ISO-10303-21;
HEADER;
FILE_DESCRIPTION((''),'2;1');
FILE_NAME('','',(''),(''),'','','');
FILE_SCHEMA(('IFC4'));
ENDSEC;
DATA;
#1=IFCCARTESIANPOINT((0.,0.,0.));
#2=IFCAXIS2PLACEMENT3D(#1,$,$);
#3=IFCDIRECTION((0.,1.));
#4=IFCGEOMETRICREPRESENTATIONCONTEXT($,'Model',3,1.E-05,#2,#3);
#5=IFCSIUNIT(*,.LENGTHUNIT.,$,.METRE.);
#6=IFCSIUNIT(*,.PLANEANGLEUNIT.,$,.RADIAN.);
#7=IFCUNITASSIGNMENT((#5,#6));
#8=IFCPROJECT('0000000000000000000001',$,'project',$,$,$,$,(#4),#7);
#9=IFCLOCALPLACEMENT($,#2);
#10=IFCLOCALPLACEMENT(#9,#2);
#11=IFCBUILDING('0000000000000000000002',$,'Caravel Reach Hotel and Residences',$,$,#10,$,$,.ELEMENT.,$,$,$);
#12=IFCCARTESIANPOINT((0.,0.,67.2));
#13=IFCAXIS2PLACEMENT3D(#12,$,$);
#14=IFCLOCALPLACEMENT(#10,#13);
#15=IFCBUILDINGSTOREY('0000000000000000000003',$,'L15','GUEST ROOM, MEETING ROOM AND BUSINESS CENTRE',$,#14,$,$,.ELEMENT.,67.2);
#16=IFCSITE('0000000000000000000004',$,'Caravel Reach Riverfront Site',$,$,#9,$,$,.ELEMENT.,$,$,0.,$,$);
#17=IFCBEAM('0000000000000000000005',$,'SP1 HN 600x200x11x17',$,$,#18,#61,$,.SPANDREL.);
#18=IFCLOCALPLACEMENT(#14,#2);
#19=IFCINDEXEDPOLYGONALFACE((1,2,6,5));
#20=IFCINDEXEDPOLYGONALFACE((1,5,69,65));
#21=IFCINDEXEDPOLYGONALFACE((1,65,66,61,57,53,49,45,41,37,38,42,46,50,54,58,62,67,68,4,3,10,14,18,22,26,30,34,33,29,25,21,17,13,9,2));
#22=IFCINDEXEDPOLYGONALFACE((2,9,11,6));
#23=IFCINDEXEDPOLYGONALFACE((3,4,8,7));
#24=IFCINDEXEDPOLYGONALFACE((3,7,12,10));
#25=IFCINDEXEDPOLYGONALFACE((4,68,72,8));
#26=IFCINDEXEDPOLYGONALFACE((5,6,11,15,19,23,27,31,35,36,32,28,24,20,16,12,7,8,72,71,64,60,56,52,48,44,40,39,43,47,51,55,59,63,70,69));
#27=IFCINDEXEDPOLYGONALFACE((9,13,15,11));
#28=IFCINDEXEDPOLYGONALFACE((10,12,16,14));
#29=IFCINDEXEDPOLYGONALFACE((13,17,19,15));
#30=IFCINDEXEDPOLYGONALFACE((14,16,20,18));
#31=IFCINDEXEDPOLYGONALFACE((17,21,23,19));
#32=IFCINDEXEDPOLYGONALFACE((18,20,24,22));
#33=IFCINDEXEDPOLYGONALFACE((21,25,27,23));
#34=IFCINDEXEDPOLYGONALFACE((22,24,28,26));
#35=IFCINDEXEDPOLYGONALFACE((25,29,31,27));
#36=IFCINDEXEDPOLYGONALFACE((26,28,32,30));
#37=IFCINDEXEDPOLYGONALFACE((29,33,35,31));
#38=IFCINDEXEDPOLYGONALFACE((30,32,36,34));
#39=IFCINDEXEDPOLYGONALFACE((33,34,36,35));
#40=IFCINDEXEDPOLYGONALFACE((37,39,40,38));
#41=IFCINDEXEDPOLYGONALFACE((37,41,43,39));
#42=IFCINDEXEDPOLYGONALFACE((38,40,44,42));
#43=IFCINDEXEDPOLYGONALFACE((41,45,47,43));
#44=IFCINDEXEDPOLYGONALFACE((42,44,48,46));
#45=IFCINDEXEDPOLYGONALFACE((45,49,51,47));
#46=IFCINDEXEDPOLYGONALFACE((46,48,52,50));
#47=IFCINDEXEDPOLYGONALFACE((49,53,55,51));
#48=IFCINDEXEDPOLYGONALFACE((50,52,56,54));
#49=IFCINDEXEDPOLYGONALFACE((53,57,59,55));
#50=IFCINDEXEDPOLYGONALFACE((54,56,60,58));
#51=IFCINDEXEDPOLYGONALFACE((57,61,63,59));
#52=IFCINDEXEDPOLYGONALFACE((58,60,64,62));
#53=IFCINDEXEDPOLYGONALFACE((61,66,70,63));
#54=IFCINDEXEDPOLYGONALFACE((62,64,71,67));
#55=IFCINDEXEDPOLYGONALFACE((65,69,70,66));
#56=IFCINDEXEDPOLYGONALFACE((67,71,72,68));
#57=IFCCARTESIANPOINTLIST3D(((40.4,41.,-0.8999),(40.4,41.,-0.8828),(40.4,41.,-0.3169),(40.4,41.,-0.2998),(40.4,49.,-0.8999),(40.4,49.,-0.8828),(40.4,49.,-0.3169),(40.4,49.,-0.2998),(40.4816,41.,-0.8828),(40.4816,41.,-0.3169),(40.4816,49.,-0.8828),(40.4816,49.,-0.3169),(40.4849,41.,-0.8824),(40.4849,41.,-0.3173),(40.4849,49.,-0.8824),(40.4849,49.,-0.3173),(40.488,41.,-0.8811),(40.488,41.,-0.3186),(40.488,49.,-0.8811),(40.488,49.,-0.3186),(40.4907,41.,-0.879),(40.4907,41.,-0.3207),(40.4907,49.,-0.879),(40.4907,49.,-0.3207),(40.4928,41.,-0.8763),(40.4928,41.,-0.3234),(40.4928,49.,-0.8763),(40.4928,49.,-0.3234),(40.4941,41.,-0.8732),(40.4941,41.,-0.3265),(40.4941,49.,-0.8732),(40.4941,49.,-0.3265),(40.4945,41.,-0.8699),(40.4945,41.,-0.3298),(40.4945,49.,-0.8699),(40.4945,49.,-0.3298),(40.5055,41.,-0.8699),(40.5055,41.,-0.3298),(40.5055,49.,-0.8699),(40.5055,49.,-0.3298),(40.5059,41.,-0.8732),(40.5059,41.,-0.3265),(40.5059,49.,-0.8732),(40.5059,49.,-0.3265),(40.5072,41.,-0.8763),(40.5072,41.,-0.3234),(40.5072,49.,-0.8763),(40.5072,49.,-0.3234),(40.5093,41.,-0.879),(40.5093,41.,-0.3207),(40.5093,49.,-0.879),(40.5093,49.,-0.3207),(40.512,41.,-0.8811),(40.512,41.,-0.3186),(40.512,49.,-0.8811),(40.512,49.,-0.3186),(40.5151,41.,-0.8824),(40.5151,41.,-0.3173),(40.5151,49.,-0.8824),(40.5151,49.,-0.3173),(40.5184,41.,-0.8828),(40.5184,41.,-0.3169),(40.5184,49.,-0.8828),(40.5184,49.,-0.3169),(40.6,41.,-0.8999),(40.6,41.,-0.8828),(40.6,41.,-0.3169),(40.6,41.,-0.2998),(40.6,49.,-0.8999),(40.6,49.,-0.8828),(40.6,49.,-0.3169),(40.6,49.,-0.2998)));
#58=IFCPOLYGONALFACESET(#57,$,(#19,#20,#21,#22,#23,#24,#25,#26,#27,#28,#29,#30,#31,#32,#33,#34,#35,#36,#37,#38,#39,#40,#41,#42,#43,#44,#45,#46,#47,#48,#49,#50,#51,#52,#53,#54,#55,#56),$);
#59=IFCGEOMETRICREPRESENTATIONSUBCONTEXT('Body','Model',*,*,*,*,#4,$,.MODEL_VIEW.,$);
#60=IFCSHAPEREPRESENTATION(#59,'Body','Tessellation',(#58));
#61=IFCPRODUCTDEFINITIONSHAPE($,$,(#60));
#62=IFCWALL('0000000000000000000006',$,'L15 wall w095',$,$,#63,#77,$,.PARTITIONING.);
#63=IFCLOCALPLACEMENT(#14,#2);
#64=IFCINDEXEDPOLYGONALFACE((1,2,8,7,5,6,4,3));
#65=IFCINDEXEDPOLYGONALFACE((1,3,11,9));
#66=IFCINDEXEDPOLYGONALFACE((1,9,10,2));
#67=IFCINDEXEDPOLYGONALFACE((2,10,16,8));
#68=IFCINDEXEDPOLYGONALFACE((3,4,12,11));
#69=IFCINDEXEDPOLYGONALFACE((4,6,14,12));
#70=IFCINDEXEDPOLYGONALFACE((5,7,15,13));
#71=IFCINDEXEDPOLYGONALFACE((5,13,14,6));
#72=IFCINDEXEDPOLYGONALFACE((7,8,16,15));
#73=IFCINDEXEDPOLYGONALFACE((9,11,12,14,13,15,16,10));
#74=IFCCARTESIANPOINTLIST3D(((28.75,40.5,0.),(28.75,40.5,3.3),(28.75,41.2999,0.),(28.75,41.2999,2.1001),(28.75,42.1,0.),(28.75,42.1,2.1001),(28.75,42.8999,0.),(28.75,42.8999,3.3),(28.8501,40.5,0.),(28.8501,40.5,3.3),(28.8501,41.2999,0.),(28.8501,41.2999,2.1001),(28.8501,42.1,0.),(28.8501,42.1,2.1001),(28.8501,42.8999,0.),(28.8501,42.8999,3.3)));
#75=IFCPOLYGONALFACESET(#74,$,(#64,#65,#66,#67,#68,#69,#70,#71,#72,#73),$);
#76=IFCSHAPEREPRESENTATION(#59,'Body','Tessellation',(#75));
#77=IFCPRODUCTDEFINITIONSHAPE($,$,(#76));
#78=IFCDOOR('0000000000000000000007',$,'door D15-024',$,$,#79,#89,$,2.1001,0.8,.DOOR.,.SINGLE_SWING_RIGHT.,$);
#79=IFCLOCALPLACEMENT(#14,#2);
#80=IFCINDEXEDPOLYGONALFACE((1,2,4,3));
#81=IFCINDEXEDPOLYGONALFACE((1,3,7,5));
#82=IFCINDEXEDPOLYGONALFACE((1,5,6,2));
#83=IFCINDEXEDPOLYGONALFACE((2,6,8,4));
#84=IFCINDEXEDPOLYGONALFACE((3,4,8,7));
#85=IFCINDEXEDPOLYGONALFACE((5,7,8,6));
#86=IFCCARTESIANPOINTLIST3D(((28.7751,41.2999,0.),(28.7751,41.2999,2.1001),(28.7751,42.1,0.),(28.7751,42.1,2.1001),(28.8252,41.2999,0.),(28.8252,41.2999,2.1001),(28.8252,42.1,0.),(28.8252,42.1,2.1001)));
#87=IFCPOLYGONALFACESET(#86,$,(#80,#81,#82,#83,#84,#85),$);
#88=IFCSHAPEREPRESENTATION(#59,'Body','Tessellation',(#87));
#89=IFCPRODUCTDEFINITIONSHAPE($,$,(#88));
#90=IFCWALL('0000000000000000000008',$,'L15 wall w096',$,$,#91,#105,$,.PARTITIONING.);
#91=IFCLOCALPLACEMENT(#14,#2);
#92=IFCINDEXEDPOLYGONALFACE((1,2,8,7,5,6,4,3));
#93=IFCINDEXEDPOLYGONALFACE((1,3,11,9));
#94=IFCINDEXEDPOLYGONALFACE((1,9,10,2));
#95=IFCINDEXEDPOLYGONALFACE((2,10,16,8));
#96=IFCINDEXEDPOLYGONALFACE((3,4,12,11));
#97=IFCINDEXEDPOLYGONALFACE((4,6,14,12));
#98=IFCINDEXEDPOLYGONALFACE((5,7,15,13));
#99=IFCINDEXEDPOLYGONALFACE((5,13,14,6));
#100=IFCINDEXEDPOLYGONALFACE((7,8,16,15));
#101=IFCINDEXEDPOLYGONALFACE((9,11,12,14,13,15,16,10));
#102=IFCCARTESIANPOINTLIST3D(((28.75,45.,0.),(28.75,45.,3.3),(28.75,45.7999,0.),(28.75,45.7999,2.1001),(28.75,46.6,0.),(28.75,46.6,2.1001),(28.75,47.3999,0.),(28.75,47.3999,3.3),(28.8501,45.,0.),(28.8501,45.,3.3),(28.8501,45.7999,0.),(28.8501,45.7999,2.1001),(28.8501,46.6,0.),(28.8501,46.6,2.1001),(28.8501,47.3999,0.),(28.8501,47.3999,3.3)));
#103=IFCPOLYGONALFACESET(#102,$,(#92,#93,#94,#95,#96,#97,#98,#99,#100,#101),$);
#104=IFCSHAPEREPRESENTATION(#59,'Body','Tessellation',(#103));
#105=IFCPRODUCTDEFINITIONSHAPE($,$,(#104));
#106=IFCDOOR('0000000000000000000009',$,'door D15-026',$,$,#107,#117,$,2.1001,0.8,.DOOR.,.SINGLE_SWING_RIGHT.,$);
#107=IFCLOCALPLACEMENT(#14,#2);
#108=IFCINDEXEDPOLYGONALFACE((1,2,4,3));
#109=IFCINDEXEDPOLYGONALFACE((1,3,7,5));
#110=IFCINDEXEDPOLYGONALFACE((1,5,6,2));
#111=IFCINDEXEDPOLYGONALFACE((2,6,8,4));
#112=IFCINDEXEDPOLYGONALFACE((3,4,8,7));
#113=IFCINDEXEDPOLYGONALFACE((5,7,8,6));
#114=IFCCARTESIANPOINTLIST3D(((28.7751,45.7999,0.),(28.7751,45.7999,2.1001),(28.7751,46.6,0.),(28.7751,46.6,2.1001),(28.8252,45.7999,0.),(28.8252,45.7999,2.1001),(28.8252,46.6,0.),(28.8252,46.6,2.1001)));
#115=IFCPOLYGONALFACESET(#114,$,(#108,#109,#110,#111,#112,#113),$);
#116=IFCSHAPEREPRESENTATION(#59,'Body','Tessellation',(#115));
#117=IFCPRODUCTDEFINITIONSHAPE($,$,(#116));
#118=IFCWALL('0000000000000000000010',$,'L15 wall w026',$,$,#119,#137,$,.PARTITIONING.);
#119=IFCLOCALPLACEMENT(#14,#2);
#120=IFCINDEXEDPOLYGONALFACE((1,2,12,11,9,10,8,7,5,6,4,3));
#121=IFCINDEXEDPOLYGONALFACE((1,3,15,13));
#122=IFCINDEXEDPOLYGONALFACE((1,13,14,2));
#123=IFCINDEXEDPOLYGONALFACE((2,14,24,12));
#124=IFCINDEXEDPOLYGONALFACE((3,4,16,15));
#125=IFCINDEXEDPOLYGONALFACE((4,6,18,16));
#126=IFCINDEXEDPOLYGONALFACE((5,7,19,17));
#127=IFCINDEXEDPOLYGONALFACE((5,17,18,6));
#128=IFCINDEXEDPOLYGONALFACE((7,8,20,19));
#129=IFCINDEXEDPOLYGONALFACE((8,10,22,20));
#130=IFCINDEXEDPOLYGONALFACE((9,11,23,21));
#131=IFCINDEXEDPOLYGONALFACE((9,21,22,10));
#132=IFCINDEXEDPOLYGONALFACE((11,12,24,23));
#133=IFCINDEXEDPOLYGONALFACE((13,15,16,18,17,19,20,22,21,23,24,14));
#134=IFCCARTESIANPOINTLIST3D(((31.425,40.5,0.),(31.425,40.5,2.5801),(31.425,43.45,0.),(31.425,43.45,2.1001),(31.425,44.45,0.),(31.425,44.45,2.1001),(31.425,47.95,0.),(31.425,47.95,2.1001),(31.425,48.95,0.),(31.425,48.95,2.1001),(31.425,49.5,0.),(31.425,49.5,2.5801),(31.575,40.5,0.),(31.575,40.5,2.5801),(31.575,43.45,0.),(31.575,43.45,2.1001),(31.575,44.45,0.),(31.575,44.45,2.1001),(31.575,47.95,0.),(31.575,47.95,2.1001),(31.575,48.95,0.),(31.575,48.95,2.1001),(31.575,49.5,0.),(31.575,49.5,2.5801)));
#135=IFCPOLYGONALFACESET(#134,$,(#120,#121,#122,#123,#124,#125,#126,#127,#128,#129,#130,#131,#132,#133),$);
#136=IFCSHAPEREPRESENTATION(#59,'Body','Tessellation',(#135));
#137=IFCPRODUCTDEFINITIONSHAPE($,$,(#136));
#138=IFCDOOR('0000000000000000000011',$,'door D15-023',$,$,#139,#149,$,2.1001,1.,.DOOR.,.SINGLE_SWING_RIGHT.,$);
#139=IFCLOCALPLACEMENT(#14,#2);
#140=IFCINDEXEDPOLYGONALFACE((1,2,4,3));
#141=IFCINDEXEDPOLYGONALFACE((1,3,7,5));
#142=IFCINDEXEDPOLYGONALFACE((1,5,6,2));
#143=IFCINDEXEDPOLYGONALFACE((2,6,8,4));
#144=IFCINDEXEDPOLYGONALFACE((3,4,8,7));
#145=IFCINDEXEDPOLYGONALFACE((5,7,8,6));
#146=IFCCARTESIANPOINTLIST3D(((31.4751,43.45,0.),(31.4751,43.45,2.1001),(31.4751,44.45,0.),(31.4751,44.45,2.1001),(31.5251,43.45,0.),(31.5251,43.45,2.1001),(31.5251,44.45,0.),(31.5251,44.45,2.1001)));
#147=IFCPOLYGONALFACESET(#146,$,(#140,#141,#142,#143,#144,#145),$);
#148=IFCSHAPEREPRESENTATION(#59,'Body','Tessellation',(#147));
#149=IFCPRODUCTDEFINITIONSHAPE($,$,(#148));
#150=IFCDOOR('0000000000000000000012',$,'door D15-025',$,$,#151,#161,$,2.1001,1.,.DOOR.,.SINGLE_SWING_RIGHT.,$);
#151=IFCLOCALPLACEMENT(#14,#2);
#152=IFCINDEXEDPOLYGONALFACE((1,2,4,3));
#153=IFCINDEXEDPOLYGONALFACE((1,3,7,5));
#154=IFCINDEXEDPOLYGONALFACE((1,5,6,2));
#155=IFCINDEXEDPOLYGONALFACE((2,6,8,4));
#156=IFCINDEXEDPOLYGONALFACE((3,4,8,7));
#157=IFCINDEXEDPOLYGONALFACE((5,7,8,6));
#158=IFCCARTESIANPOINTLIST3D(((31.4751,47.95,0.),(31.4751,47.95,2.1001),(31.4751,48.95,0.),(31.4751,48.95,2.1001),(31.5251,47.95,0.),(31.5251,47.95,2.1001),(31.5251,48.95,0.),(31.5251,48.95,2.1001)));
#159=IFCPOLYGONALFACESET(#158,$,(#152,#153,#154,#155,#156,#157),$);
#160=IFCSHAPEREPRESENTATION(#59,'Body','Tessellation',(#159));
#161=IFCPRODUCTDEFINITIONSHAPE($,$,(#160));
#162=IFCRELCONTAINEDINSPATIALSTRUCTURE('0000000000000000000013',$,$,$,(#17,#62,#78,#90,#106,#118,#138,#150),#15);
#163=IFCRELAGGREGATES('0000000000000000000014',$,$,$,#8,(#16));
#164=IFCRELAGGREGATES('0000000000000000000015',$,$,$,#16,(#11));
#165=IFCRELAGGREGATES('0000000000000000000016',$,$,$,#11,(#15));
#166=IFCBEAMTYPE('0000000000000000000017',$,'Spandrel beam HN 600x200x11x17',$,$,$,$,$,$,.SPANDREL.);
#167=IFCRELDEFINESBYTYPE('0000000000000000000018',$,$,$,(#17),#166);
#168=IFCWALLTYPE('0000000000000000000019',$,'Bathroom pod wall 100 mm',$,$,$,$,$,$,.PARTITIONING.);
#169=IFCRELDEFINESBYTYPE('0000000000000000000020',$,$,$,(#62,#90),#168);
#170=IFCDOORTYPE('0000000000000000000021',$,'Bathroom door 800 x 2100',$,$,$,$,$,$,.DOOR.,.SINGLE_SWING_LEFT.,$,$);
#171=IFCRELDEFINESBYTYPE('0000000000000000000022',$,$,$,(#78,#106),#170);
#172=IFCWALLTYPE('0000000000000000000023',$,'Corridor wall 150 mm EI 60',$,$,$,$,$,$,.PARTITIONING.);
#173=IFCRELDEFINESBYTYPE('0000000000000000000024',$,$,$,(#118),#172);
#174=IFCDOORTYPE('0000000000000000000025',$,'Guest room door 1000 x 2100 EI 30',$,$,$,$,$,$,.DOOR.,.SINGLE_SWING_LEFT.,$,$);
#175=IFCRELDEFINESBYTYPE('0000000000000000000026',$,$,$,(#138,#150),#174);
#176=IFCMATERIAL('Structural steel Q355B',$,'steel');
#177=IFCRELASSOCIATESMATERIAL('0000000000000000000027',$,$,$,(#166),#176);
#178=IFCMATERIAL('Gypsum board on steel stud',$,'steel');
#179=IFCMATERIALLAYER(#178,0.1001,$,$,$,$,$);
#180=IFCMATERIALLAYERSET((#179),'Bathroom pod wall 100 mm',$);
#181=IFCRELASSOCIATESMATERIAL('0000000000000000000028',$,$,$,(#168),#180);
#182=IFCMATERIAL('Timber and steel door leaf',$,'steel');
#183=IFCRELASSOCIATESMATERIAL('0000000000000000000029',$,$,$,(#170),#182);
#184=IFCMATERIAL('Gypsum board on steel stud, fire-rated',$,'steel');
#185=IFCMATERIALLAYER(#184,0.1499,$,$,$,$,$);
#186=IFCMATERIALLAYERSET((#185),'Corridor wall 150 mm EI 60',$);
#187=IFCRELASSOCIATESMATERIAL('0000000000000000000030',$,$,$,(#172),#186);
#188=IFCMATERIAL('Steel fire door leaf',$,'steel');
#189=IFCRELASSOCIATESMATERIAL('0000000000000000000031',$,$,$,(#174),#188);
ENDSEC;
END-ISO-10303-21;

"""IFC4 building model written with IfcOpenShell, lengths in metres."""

from ifc_helpers import new_model, si_unit, direction, frame, frame_2d, origin, origin_2d, place, context, subcontext, project, spatial, rectangle, i_section, extrude, material, layer, layer_set, material_profile, profile_set, type_object, element, fill, save


model = new_model("IFC4")

# Units and contexts
model_context = context("Model", 3, precision=1e-05, world=origin(), true_north=direction((0.0, 1.0)))
body_context = subcontext(model_context, "Body", "Model", "MODEL_VIEW")
ifc_project = project(units=[si_unit("LENGTHUNIT", "METRE"), si_unit("PLANEANGLEUNIT", "RADIAN")], contexts=[model_context])

# Site, building, storey
site_placement = place(None, origin())
site = spatial("IfcSite", under=ifc_project, at=site_placement, Name="Caravel Reach Riverfront Site", CompositionType="ELEMENT", RefElevation=0.0)
building_placement = place(site_placement, origin())
building = spatial("IfcBuilding", under=site, at=building_placement, Name="Caravel Reach Hotel and Residences", CompositionType="ELEMENT")
storey_placement = place(building_placement, frame((0.0, 0.0, 67.2)))
storey = spatial("IfcBuildingStorey", under=building, at=storey_placement, Name="L15", Description="GUEST ROOM, MEETING ROOM AND BUSINESS CENTRE", CompositionType="ELEMENT", Elevation=67.2)

# Beam
ifc_material_1 = material(Name="Structural steel Q355B", Category="steel")
ifc_material_profile_1 = material_profile(ifc_material_1, i_section(OverallWidth=0.2, OverallDepth=0.6001, WebThickness=0.011, FlangeThickness=0.0171, FilletRadius=0.0129, at=origin_2d()), Name="HN 600x200x11x17")
ifc_profile_set_1 = profile_set([ifc_material_profile_1], Name="Structural steel Q355B")
beam_type_1 = type_object("IfcBeamType", Name="Spandrel beam HN 600x200x11x17", PredefinedType="SPANDREL", material=ifc_profile_set_1)
beam_1_placement = place(storey_placement, frame((40.5, 41.0, -0.5999), z_axis=(0.0, 1.0, 0.0), x_axis=(-1.0, 0.0, 0.0)))
element("IfcBeam", 1, at=beam_1_placement, inside=storey, type_object=beam_type_1, Name="SP1 HN 600x200x11x17", PredefinedType="SPANDREL", context=body_context, shape_type="SweptSolid", body=[
    extrude(i_section(OverallWidth=0.2, OverallDepth=0.6001, WebThickness=0.011, FlangeThickness=0.0171, FilletRadius=0.0129, at=origin_2d()), origin(), (0.0, 0.0, 1.0), 8.0),
])

# Walls, openings, doors
ifc_material_2 = material(Name="Gypsum board on steel stud", Category="steel")
ifc_layer_1 = layer(ifc_material_2, 0.1001)
ifc_layer_set_1 = layer_set([ifc_layer_1], Name="Bathroom pod wall 100 mm")
wall_type_1 = type_object("IfcWallType", Name="Bathroom pod wall 100 mm", PredefinedType="PARTITIONING", material=ifc_layer_set_1)
wall_1_placement = place(storey_placement, frame((28.8, 40.5, 0.0), z_axis=(0.0, 0.0, 1.0), x_axis=(0.0, 1.0, 0.0)))
wall_1 = element("IfcWall", 2, at=wall_1_placement, inside=storey, type_object=wall_type_1, Name="L15 wall w095", PredefinedType="PARTITIONING", context=body_context, shape_type="SweptSolid", body=[
    extrude(rectangle(XDim=2.3999, YDim=0.1001, at=frame_2d((1.2, 0.0))), origin(), (0.0, 0.0, 1.0), 3.3),
])
opening_1_placement = place(wall_1_placement, frame((0.8, 0.0, 0.0)))
opening_1 = element("IfcOpeningElement", 3, at=opening_1_placement, cuts=wall_1, PredefinedType="OPENING", context=body_context, shape_type="SweptSolid", body=[
    extrude(rectangle(XDim=0.8, YDim=2.1001, at=frame_2d((0.3999, 1.05))), frame((0.0, 0.0601, 0.0), z_axis=(0.0, -1.0, 0.0), x_axis=(1.0, 0.0, 0.0)), (0.0, 0.0, 1.0), 0.1201),
])
ifc_material_3 = material(Name="Timber and steel door leaf", Category="steel")
door_type_1 = type_object("IfcDoorType", Name="Bathroom door 800 x 2100", OperationType="SINGLE_SWING_LEFT", PredefinedType="DOOR", material=ifc_material_3)
door_1_placement = place(opening_1_placement, origin())
door_1 = element("IfcDoor", 4, at=door_1_placement, inside=storey, type_object=door_type_1, Name="door D15-024", OperationType="SINGLE_SWING_RIGHT", OverallHeight=2.1001, OverallWidth=0.8, PredefinedType="DOOR", context=body_context, shape_type="SweptSolid", body=[
    extrude(rectangle(XDim=0.8, YDim=2.1001, at=frame_2d((0.3999, 1.05))), frame((0.0, 0.0249, 0.0), z_axis=(0.0, -1.0, 0.0), x_axis=(1.0, 0.0, 0.0)), (0.0, 0.0, 1.0), 0.05),
])
fill(opening_1, door_1)
wall_2_placement = place(storey_placement, frame((28.8, 45.0, 0.0), z_axis=(0.0, 0.0, 1.0), x_axis=(0.0, 1.0, 0.0)))
wall_2 = element("IfcWall", 5, at=wall_2_placement, inside=storey, type_object=wall_type_1, Name="L15 wall w096", PredefinedType="PARTITIONING", context=body_context, shape_type="SweptSolid", body=[
    extrude(rectangle(XDim=2.3999, YDim=0.1001, at=frame_2d((1.2, 0.0))), origin(), (0.0, 0.0, 1.0), 3.3),
])
opening_2_placement = place(wall_2_placement, frame((0.8, 0.0, 0.0)))
opening_2 = element("IfcOpeningElement", 6, at=opening_2_placement, cuts=wall_2, PredefinedType="OPENING", context=body_context, shape_type="SweptSolid", body=[
    extrude(rectangle(XDim=0.8, YDim=2.1001, at=frame_2d((0.3999, 1.05))), frame((0.0, 0.0601, 0.0), z_axis=(0.0, -1.0, 0.0), x_axis=(1.0, 0.0, 0.0)), (0.0, 0.0, 1.0), 0.1201),
])
door_2_placement = place(opening_2_placement, origin())
door_2 = element("IfcDoor", 7, at=door_2_placement, inside=storey, type_object=door_type_1, Name="door D15-026", OperationType="SINGLE_SWING_RIGHT", OverallHeight=2.1001, OverallWidth=0.8, PredefinedType="DOOR", context=body_context, shape_type="SweptSolid", body=[
    extrude(rectangle(XDim=0.8, YDim=2.1001, at=frame_2d((0.3999, 1.05))), frame((0.0, 0.0249, 0.0), z_axis=(0.0, -1.0, 0.0), x_axis=(1.0, 0.0, 0.0)), (0.0, 0.0, 1.0), 0.05),
])
fill(opening_2, door_2)

# Wall, openings, doors
ifc_material_4 = material(Name="Gypsum board on steel stud, fire-rated", Category="steel")
ifc_layer_2 = layer(ifc_material_4, 0.1499)
ifc_layer_set_2 = layer_set([ifc_layer_2], Name="Corridor wall 150 mm EI 60")
wall_type_2 = type_object("IfcWallType", Name="Corridor wall 150 mm EI 60", PredefinedType="PARTITIONING", material=ifc_layer_set_2)
wall_3_placement = place(storey_placement, frame((31.5, 40.5, 0.0), z_axis=(0.0, 0.0, 1.0), x_axis=(0.0, 1.0, 0.0)))
wall_3 = element("IfcWall", 8, at=wall_3_placement, inside=storey, type_object=wall_type_2, Name="L15 wall w026", PredefinedType="PARTITIONING", context=body_context, shape_type="SweptSolid", body=[
    extrude(rectangle(XDim=9.0, YDim=0.1499, at=frame_2d((4.5, 0.0))), origin(), (0.0, 0.0, 1.0), 2.5801),
])
opening_3_placement = place(wall_3_placement, frame((2.95, 0.0, 0.0)))
opening_3 = element("IfcOpeningElement", 9, at=opening_3_placement, cuts=wall_3, PredefinedType="OPENING", context=body_context, shape_type="SweptSolid", body=[
    extrude(rectangle(XDim=1.0, YDim=2.1001, at=frame_2d((0.5, 1.05))), frame((0.0, 0.085, 0.0), z_axis=(0.0, -1.0, 0.0), x_axis=(1.0, 0.0, 0.0)), (0.0, 0.0, 1.0), 0.1699),
])
opening_4_placement = place(wall_3_placement, frame((7.45, 0.0, 0.0)))
opening_4 = element("IfcOpeningElement", 10, at=opening_4_placement, cuts=wall_3, PredefinedType="OPENING", context=body_context, shape_type="SweptSolid", body=[
    extrude(rectangle(XDim=1.0, YDim=2.1001, at=frame_2d((0.5, 1.05))), frame((0.0, 0.085, 0.0), z_axis=(0.0, -1.0, 0.0), x_axis=(1.0, 0.0, 0.0)), (0.0, 0.0, 1.0), 0.1699),
])
ifc_material_5 = material(Name="Steel fire door leaf", Category="steel")
door_type_2 = type_object("IfcDoorType", Name="Guest room door 1000 x 2100 EI 30", OperationType="SINGLE_SWING_LEFT", PredefinedType="DOOR", material=ifc_material_5)
door_3_placement = place(opening_3_placement, origin())
door_3 = element("IfcDoor", 11, at=door_3_placement, inside=storey, type_object=door_type_2, Name="door D15-023", OperationType="SINGLE_SWING_RIGHT", OverallHeight=2.1001, OverallWidth=1.0, PredefinedType="DOOR", context=body_context, shape_type="SweptSolid", body=[
    extrude(rectangle(XDim=1.0, YDim=2.1001, at=frame_2d((0.5, 1.05))), frame((0.0, 0.0249, 0.0), z_axis=(0.0, -1.0, 0.0), x_axis=(1.0, 0.0, 0.0)), (0.0, 0.0, 1.0), 0.05),
])
fill(opening_3, door_3)
door_4_placement = place(opening_4_placement, origin())
door_4 = element("IfcDoor", 12, at=door_4_placement, inside=storey, type_object=door_type_2, Name="door D15-025", OperationType="SINGLE_SWING_RIGHT", OverallHeight=2.1001, OverallWidth=1.0, PredefinedType="DOOR", context=body_context, shape_type="SweptSolid", body=[
    extrude(rectangle(XDim=1.0, YDim=2.1001, at=frame_2d((0.5, 1.05))), frame((0.0, 0.0249, 0.0), z_axis=(0.0, -1.0, 0.0), x_axis=(1.0, 0.0, 0.0)), (0.0, 0.0, 1.0), 0.05),
])
fill(opening_4, door_4)

save(model, "model.ifc")
